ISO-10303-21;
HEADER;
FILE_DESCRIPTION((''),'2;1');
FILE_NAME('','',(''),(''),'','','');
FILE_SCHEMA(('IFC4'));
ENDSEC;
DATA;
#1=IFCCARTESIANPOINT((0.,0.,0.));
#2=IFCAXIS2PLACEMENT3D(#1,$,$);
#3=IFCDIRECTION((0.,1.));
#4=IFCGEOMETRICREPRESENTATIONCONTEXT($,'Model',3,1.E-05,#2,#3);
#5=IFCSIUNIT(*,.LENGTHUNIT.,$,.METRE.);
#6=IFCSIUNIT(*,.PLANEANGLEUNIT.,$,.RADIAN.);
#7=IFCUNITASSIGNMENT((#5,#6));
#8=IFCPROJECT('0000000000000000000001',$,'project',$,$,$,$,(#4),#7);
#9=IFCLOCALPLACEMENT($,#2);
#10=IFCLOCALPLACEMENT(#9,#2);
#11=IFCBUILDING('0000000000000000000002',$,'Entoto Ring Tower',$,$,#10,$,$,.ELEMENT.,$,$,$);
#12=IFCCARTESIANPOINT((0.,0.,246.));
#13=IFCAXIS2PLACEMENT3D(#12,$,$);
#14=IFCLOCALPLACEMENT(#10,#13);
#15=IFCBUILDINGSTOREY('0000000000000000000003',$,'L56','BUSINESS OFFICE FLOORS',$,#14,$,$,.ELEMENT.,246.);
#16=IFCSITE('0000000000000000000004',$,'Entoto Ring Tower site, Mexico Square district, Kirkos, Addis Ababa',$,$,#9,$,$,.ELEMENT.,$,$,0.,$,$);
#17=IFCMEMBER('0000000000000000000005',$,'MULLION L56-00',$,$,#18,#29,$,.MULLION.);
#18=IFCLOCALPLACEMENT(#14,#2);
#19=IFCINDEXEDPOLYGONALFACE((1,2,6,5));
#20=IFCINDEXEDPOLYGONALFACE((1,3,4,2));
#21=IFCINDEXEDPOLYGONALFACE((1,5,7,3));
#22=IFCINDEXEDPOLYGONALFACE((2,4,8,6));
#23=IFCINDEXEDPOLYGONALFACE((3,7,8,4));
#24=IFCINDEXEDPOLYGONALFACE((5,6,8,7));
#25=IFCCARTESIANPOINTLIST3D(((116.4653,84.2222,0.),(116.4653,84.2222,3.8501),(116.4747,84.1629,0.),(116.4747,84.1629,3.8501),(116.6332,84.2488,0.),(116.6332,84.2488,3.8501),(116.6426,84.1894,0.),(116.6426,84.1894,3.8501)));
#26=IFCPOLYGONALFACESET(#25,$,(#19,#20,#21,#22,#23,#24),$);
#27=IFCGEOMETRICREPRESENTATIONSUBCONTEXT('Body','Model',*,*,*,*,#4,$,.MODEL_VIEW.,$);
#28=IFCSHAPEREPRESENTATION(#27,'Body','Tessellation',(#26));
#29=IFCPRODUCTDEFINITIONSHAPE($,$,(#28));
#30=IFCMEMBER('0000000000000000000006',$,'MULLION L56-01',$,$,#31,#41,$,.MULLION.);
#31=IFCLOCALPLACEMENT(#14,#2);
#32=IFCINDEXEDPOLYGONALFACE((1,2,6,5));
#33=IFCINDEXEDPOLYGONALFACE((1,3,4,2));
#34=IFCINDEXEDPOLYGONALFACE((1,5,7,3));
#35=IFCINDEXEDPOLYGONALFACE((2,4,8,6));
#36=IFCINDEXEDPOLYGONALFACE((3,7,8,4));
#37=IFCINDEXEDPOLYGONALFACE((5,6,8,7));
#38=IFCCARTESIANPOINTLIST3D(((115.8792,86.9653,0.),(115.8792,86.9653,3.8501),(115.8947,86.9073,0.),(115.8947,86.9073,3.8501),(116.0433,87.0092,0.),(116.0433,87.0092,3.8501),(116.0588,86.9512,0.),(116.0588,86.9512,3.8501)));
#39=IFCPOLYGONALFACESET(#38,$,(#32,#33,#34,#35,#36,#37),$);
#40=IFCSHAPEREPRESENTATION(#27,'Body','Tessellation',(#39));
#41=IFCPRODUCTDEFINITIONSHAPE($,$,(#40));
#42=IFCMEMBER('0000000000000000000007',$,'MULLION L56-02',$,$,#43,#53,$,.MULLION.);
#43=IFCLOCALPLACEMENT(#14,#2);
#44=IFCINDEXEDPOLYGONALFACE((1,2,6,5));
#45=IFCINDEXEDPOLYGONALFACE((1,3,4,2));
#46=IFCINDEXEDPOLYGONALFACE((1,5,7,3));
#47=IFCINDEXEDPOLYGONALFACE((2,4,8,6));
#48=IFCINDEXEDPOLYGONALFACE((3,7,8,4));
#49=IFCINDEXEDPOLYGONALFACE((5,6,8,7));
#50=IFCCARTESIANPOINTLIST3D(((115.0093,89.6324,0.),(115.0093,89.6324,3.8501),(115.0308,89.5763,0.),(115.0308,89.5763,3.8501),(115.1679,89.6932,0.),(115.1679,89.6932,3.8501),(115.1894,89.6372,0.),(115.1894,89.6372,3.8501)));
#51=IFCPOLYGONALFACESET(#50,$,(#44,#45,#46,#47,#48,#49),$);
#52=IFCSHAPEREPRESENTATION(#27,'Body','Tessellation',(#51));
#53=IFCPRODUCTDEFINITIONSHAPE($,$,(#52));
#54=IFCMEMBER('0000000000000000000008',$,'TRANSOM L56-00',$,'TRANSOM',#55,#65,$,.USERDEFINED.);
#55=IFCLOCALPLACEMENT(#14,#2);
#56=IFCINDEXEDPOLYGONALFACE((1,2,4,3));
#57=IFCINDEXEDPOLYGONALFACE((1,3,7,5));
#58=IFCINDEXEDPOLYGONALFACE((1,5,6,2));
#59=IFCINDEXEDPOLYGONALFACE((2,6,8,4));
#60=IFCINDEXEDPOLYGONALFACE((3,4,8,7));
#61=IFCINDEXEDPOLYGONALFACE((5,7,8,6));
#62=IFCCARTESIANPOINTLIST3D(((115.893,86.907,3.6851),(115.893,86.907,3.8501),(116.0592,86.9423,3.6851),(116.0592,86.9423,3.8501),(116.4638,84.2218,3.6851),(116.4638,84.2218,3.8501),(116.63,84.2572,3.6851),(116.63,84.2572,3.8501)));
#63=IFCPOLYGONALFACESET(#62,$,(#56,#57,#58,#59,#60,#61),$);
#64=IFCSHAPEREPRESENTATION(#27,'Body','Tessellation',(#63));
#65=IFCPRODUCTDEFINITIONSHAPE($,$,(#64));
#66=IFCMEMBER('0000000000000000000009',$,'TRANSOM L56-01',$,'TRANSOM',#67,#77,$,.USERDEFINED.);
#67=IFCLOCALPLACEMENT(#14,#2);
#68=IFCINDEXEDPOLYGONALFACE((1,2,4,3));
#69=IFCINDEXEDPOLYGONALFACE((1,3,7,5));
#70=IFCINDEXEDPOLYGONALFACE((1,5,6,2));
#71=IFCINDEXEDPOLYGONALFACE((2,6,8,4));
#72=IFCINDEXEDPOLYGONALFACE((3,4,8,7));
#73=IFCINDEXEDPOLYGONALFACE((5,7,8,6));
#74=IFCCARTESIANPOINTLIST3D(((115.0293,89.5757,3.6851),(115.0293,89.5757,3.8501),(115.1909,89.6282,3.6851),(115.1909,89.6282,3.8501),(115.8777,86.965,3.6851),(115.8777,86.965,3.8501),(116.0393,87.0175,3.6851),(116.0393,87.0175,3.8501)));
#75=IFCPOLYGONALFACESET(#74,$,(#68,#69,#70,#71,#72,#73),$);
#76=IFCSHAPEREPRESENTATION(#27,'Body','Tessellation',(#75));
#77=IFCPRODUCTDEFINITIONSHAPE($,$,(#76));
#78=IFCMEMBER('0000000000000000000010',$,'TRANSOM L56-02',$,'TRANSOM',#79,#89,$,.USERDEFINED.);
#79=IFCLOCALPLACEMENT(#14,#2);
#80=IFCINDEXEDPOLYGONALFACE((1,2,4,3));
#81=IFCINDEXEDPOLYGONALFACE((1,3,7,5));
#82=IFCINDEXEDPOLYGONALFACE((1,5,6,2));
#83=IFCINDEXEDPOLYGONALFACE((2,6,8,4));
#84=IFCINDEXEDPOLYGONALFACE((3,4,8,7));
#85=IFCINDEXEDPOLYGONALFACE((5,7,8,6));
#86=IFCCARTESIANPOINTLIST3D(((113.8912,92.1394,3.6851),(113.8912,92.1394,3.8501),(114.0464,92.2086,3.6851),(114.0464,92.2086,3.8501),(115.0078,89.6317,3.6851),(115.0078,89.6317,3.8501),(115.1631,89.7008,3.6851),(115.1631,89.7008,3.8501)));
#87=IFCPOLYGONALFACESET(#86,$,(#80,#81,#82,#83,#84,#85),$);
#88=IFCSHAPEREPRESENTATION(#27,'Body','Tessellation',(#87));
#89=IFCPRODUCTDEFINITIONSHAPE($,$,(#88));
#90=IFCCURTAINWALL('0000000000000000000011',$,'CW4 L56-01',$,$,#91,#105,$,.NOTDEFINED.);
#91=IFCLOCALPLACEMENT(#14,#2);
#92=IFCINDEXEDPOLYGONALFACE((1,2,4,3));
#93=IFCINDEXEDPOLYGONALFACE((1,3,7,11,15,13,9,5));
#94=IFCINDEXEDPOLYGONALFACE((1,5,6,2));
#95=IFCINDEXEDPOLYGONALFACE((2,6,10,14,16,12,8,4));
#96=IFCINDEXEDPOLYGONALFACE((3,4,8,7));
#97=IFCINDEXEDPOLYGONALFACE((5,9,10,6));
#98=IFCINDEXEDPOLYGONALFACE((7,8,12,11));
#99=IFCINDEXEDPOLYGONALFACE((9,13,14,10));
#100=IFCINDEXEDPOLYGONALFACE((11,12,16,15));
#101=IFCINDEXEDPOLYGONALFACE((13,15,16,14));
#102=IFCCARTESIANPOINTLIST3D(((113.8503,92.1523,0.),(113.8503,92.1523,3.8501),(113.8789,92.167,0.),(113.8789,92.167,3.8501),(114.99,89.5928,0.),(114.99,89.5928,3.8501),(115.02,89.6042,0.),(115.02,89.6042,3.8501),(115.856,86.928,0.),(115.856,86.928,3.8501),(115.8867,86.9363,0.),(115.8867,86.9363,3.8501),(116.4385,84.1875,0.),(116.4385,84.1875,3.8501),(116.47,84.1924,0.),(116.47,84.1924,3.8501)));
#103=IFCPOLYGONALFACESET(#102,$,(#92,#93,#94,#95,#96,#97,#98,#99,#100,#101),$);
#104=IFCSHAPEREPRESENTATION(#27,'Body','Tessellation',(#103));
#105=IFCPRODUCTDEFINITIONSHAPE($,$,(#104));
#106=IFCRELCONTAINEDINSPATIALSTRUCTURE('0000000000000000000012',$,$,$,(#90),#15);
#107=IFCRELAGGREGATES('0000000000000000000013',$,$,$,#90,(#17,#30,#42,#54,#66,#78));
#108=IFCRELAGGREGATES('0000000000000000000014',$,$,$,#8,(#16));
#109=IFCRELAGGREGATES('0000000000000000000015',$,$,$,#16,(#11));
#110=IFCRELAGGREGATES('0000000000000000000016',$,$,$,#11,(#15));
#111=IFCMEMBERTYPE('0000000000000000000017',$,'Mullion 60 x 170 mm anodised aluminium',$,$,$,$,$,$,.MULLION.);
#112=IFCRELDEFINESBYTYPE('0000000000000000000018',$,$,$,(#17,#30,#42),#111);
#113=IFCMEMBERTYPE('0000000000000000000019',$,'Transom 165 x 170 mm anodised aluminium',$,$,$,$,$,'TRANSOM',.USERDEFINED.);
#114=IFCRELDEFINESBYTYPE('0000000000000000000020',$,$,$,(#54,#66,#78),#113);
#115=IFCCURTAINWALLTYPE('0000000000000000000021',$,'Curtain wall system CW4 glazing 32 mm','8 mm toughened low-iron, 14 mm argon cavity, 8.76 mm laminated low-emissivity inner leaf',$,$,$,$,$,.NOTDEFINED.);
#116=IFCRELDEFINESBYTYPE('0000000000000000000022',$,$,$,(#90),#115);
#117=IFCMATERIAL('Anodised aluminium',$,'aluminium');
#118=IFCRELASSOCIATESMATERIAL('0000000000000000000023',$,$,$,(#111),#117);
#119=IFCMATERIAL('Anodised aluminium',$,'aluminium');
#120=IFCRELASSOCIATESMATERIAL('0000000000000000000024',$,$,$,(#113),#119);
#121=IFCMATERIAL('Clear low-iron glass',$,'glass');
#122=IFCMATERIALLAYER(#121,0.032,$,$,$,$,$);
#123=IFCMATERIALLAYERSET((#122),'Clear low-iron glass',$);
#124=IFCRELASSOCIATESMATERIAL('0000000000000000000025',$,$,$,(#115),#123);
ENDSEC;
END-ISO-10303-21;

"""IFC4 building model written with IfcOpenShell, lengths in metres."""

from ifc_helpers import new_model, si_unit, direction, frame, origin, origin_2d, place, context, subcontext, project, spatial, polyline, rectangle, outline, extrude, material, layer, layer_set, material_profile, profile_set, type_object, element, aggregate, save


model = new_model("IFC4")

# Units and contexts
model_context = context("Model", 3, precision=1e-05, world=origin(), true_north=direction((0.0, 1.0)))
body_context = subcontext(model_context, "Body", "Model", "MODEL_VIEW")
ifc_project = project(units=[si_unit("LENGTHUNIT", "METRE"), si_unit("PLANEANGLEUNIT", "RADIAN")], contexts=[model_context])

# Members
ifc_material_1 = material(Name="Anodised aluminium", Category="aluminium")
ifc_material_profile_1 = material_profile(ifc_material_1, rectangle(XDim=0.0601, YDim=0.1699, at=origin_2d()), Name="Mullion 60 x 170 mm anodised aluminium")
ifc_profile_set_1 = profile_set([ifc_material_profile_1], Name="Anodised aluminium")
member_type_1 = type_object("IfcMemberType", Name="Mullion 60 x 170 mm anodised aluminium", PredefinedType="MULLION", material=ifc_profile_set_1)
site_placement = place(None, origin())
building_placement = place(site_placement, origin())
storey_placement = place(building_placement, frame((0.0, 0.0, 246.0)))
member_1_placement = place(storey_placement, frame((116.554, 84.2058, 0.0), z_axis=(0.0, 0.0, 1.0), x_axis=(-0.156434, 0.987688, 0.0)))
member_1 = element("IfcMember", 1, at=member_1_placement, type_object=member_type_1, Name="MULLION L56-00", PredefinedType="MULLION", context=body_context, shape_type="SweptSolid", body=[
    extrude(rectangle(XDim=0.0601, YDim=0.1699, at=origin_2d()), origin(), (0.0, 0.0, 1.0), 3.8501),
])
member_2_placement = place(storey_placement, frame((115.969, 86.9583, 0.0), z_axis=(0.0, 0.0, 1.0), x_axis=(-0.258819, 0.965926, 0.0)))
member_2 = element("IfcMember", 2, at=member_2_placement, type_object=member_type_1, Name="MULLION L56-01", PredefinedType="MULLION", context=body_context, shape_type="SweptSolid", body=[
    extrude(rectangle(XDim=0.0601, YDim=0.1699, at=origin_2d()), origin(), (0.0, 0.0, 1.0), 3.8501),
])
member_3_placement = place(storey_placement, frame((115.0994, 89.6348, 0.0), z_axis=(0.0, 0.0, 1.0), x_axis=(-0.358368, 0.93358, 0.0)))
member_3 = element("IfcMember", 3, at=member_3_placement, type_object=member_type_1, Name="MULLION L56-02", PredefinedType="MULLION", context=body_context, shape_type="SweptSolid", body=[
    extrude(rectangle(XDim=0.0601, YDim=0.1699, at=origin_2d()), origin(), (0.0, 0.0, 1.0), 3.8501),
])
ifc_material_2 = material(Name="Anodised aluminium", Category="aluminium")
ifc_material_profile_2 = material_profile(ifc_material_2, rectangle(XDim=0.1699, YDim=0.165, at=origin_2d()), Name="Transom 165 x 170 mm anodised aluminium")
ifc_profile_set_2 = profile_set([ifc_material_profile_2], Name="Anodised aluminium")
member_type_2 = type_object("IfcMemberType", Name="Transom 165 x 170 mm anodised aluminium", ElementType="TRANSOM", PredefinedType="USERDEFINED", material=ifc_profile_set_2)
member_4_placement = place(storey_placement, frame((116.5469, 84.2395, 3.7676), z_axis=(-0.207937, 0.978142, 0.0), x_axis=(-0.978142, -0.207937, 0.0)))
member_4 = element("IfcMember", 4, at=member_4_placement, type_object=member_type_2, Name="TRANSOM L56-00", ObjectType="TRANSOM", PredefinedType="USERDEFINED", context=body_context, shape_type="SweptSolid", body=[
    extrude(rectangle(XDim=0.1699, YDim=0.165, at=origin_2d()), origin(), (0.0, 0.0, 1.0), 2.7451),
])
member_5_placement = place(storey_placement, frame((115.9585, 86.9912, 3.7676), z_axis=(-0.309042, 0.951048, 0.0), x_axis=(-0.951048, -0.309042, 0.0)))
member_5 = element("IfcMember", 5, at=member_5_placement, type_object=member_type_2, Name="TRANSOM L56-01", ObjectType="TRANSOM", PredefinedType="USERDEFINED", context=body_context, shape_type="SweptSolid", body=[
    extrude(rectangle(XDim=0.1699, YDim=0.165, at=origin_2d()), origin(), (0.0, 0.0, 1.0), 2.7451),
])
member_6_placement = place(storey_placement, frame((115.0854, 89.6663, 3.7676), z_axis=(-0.406782, 0.913525, 0.0), x_axis=(-0.913525, -0.406782, 0.0)))
member_6 = element("IfcMember", 6, at=member_6_placement, type_object=member_type_2, Name="TRANSOM L56-02", ObjectType="TRANSOM", PredefinedType="USERDEFINED", context=body_context, shape_type="SweptSolid", body=[
    extrude(rectangle(XDim=0.1699, YDim=0.165, at=origin_2d()), origin(), (0.0, 0.0, 1.0), 2.7451),
])

# Site, building, storey
site = spatial("IfcSite", under=ifc_project, at=site_placement, Name="Entoto Ring Tower site, Mexico Square district, Kirkos, Addis Ababa", CompositionType="ELEMENT", RefElevation=0.0)
building = spatial("IfcBuilding", under=site, at=building_placement, Name="Entoto Ring Tower", CompositionType="ELEMENT")
storey = spatial("IfcBuildingStorey", under=building, at=storey_placement, Name="L56", Description="BUSINESS OFFICE FLOORS", CompositionType="ELEMENT", Elevation=246.0)

# Curtain wall
ifc_material_3 = material(Name="Clear low-iron glass", Category="glass")
ifc_layer_1 = layer(ifc_material_3, 0.032)
ifc_layer_set_1 = layer_set([ifc_layer_1], Name="Clear low-iron glass")
curtain_wall_type = type_object("IfcCurtainWallType", Name="Curtain wall system CW4 glazing 32 mm", Description="8 mm toughened low-iron, 14 mm argon cavity, 8.76 mm laminated low-emissivity inner leaf", PredefinedType="NOTDEFINED", material=ifc_layer_set_1)
curtain_wall_1_placement = place(storey_placement, origin())
curtain_wall_1 = element("IfcCurtainWall", 7, at=curtain_wall_1_placement, inside=storey, type_object=curtain_wall_type, Name="CW4 L56-01", PredefinedType="NOTDEFINED", context=body_context, shape_type="SweptSolid", body=[
    extrude(outline(polyline([(116.47, 84.1924), (115.8867, 86.9363), (115.02, 89.6042), (113.8789, 92.167), (113.8503, 92.1523), (114.99, 89.5928), (115.856, 86.928), (116.4385, 84.1875), (116.47, 84.1924)])), origin(), (0.0, 0.0, 1.0), 3.8501),
])
aggregate(curtain_wall_1, [member_1, member_2, member_3, member_4, member_5, member_6])

save(model, "model.ifc")
